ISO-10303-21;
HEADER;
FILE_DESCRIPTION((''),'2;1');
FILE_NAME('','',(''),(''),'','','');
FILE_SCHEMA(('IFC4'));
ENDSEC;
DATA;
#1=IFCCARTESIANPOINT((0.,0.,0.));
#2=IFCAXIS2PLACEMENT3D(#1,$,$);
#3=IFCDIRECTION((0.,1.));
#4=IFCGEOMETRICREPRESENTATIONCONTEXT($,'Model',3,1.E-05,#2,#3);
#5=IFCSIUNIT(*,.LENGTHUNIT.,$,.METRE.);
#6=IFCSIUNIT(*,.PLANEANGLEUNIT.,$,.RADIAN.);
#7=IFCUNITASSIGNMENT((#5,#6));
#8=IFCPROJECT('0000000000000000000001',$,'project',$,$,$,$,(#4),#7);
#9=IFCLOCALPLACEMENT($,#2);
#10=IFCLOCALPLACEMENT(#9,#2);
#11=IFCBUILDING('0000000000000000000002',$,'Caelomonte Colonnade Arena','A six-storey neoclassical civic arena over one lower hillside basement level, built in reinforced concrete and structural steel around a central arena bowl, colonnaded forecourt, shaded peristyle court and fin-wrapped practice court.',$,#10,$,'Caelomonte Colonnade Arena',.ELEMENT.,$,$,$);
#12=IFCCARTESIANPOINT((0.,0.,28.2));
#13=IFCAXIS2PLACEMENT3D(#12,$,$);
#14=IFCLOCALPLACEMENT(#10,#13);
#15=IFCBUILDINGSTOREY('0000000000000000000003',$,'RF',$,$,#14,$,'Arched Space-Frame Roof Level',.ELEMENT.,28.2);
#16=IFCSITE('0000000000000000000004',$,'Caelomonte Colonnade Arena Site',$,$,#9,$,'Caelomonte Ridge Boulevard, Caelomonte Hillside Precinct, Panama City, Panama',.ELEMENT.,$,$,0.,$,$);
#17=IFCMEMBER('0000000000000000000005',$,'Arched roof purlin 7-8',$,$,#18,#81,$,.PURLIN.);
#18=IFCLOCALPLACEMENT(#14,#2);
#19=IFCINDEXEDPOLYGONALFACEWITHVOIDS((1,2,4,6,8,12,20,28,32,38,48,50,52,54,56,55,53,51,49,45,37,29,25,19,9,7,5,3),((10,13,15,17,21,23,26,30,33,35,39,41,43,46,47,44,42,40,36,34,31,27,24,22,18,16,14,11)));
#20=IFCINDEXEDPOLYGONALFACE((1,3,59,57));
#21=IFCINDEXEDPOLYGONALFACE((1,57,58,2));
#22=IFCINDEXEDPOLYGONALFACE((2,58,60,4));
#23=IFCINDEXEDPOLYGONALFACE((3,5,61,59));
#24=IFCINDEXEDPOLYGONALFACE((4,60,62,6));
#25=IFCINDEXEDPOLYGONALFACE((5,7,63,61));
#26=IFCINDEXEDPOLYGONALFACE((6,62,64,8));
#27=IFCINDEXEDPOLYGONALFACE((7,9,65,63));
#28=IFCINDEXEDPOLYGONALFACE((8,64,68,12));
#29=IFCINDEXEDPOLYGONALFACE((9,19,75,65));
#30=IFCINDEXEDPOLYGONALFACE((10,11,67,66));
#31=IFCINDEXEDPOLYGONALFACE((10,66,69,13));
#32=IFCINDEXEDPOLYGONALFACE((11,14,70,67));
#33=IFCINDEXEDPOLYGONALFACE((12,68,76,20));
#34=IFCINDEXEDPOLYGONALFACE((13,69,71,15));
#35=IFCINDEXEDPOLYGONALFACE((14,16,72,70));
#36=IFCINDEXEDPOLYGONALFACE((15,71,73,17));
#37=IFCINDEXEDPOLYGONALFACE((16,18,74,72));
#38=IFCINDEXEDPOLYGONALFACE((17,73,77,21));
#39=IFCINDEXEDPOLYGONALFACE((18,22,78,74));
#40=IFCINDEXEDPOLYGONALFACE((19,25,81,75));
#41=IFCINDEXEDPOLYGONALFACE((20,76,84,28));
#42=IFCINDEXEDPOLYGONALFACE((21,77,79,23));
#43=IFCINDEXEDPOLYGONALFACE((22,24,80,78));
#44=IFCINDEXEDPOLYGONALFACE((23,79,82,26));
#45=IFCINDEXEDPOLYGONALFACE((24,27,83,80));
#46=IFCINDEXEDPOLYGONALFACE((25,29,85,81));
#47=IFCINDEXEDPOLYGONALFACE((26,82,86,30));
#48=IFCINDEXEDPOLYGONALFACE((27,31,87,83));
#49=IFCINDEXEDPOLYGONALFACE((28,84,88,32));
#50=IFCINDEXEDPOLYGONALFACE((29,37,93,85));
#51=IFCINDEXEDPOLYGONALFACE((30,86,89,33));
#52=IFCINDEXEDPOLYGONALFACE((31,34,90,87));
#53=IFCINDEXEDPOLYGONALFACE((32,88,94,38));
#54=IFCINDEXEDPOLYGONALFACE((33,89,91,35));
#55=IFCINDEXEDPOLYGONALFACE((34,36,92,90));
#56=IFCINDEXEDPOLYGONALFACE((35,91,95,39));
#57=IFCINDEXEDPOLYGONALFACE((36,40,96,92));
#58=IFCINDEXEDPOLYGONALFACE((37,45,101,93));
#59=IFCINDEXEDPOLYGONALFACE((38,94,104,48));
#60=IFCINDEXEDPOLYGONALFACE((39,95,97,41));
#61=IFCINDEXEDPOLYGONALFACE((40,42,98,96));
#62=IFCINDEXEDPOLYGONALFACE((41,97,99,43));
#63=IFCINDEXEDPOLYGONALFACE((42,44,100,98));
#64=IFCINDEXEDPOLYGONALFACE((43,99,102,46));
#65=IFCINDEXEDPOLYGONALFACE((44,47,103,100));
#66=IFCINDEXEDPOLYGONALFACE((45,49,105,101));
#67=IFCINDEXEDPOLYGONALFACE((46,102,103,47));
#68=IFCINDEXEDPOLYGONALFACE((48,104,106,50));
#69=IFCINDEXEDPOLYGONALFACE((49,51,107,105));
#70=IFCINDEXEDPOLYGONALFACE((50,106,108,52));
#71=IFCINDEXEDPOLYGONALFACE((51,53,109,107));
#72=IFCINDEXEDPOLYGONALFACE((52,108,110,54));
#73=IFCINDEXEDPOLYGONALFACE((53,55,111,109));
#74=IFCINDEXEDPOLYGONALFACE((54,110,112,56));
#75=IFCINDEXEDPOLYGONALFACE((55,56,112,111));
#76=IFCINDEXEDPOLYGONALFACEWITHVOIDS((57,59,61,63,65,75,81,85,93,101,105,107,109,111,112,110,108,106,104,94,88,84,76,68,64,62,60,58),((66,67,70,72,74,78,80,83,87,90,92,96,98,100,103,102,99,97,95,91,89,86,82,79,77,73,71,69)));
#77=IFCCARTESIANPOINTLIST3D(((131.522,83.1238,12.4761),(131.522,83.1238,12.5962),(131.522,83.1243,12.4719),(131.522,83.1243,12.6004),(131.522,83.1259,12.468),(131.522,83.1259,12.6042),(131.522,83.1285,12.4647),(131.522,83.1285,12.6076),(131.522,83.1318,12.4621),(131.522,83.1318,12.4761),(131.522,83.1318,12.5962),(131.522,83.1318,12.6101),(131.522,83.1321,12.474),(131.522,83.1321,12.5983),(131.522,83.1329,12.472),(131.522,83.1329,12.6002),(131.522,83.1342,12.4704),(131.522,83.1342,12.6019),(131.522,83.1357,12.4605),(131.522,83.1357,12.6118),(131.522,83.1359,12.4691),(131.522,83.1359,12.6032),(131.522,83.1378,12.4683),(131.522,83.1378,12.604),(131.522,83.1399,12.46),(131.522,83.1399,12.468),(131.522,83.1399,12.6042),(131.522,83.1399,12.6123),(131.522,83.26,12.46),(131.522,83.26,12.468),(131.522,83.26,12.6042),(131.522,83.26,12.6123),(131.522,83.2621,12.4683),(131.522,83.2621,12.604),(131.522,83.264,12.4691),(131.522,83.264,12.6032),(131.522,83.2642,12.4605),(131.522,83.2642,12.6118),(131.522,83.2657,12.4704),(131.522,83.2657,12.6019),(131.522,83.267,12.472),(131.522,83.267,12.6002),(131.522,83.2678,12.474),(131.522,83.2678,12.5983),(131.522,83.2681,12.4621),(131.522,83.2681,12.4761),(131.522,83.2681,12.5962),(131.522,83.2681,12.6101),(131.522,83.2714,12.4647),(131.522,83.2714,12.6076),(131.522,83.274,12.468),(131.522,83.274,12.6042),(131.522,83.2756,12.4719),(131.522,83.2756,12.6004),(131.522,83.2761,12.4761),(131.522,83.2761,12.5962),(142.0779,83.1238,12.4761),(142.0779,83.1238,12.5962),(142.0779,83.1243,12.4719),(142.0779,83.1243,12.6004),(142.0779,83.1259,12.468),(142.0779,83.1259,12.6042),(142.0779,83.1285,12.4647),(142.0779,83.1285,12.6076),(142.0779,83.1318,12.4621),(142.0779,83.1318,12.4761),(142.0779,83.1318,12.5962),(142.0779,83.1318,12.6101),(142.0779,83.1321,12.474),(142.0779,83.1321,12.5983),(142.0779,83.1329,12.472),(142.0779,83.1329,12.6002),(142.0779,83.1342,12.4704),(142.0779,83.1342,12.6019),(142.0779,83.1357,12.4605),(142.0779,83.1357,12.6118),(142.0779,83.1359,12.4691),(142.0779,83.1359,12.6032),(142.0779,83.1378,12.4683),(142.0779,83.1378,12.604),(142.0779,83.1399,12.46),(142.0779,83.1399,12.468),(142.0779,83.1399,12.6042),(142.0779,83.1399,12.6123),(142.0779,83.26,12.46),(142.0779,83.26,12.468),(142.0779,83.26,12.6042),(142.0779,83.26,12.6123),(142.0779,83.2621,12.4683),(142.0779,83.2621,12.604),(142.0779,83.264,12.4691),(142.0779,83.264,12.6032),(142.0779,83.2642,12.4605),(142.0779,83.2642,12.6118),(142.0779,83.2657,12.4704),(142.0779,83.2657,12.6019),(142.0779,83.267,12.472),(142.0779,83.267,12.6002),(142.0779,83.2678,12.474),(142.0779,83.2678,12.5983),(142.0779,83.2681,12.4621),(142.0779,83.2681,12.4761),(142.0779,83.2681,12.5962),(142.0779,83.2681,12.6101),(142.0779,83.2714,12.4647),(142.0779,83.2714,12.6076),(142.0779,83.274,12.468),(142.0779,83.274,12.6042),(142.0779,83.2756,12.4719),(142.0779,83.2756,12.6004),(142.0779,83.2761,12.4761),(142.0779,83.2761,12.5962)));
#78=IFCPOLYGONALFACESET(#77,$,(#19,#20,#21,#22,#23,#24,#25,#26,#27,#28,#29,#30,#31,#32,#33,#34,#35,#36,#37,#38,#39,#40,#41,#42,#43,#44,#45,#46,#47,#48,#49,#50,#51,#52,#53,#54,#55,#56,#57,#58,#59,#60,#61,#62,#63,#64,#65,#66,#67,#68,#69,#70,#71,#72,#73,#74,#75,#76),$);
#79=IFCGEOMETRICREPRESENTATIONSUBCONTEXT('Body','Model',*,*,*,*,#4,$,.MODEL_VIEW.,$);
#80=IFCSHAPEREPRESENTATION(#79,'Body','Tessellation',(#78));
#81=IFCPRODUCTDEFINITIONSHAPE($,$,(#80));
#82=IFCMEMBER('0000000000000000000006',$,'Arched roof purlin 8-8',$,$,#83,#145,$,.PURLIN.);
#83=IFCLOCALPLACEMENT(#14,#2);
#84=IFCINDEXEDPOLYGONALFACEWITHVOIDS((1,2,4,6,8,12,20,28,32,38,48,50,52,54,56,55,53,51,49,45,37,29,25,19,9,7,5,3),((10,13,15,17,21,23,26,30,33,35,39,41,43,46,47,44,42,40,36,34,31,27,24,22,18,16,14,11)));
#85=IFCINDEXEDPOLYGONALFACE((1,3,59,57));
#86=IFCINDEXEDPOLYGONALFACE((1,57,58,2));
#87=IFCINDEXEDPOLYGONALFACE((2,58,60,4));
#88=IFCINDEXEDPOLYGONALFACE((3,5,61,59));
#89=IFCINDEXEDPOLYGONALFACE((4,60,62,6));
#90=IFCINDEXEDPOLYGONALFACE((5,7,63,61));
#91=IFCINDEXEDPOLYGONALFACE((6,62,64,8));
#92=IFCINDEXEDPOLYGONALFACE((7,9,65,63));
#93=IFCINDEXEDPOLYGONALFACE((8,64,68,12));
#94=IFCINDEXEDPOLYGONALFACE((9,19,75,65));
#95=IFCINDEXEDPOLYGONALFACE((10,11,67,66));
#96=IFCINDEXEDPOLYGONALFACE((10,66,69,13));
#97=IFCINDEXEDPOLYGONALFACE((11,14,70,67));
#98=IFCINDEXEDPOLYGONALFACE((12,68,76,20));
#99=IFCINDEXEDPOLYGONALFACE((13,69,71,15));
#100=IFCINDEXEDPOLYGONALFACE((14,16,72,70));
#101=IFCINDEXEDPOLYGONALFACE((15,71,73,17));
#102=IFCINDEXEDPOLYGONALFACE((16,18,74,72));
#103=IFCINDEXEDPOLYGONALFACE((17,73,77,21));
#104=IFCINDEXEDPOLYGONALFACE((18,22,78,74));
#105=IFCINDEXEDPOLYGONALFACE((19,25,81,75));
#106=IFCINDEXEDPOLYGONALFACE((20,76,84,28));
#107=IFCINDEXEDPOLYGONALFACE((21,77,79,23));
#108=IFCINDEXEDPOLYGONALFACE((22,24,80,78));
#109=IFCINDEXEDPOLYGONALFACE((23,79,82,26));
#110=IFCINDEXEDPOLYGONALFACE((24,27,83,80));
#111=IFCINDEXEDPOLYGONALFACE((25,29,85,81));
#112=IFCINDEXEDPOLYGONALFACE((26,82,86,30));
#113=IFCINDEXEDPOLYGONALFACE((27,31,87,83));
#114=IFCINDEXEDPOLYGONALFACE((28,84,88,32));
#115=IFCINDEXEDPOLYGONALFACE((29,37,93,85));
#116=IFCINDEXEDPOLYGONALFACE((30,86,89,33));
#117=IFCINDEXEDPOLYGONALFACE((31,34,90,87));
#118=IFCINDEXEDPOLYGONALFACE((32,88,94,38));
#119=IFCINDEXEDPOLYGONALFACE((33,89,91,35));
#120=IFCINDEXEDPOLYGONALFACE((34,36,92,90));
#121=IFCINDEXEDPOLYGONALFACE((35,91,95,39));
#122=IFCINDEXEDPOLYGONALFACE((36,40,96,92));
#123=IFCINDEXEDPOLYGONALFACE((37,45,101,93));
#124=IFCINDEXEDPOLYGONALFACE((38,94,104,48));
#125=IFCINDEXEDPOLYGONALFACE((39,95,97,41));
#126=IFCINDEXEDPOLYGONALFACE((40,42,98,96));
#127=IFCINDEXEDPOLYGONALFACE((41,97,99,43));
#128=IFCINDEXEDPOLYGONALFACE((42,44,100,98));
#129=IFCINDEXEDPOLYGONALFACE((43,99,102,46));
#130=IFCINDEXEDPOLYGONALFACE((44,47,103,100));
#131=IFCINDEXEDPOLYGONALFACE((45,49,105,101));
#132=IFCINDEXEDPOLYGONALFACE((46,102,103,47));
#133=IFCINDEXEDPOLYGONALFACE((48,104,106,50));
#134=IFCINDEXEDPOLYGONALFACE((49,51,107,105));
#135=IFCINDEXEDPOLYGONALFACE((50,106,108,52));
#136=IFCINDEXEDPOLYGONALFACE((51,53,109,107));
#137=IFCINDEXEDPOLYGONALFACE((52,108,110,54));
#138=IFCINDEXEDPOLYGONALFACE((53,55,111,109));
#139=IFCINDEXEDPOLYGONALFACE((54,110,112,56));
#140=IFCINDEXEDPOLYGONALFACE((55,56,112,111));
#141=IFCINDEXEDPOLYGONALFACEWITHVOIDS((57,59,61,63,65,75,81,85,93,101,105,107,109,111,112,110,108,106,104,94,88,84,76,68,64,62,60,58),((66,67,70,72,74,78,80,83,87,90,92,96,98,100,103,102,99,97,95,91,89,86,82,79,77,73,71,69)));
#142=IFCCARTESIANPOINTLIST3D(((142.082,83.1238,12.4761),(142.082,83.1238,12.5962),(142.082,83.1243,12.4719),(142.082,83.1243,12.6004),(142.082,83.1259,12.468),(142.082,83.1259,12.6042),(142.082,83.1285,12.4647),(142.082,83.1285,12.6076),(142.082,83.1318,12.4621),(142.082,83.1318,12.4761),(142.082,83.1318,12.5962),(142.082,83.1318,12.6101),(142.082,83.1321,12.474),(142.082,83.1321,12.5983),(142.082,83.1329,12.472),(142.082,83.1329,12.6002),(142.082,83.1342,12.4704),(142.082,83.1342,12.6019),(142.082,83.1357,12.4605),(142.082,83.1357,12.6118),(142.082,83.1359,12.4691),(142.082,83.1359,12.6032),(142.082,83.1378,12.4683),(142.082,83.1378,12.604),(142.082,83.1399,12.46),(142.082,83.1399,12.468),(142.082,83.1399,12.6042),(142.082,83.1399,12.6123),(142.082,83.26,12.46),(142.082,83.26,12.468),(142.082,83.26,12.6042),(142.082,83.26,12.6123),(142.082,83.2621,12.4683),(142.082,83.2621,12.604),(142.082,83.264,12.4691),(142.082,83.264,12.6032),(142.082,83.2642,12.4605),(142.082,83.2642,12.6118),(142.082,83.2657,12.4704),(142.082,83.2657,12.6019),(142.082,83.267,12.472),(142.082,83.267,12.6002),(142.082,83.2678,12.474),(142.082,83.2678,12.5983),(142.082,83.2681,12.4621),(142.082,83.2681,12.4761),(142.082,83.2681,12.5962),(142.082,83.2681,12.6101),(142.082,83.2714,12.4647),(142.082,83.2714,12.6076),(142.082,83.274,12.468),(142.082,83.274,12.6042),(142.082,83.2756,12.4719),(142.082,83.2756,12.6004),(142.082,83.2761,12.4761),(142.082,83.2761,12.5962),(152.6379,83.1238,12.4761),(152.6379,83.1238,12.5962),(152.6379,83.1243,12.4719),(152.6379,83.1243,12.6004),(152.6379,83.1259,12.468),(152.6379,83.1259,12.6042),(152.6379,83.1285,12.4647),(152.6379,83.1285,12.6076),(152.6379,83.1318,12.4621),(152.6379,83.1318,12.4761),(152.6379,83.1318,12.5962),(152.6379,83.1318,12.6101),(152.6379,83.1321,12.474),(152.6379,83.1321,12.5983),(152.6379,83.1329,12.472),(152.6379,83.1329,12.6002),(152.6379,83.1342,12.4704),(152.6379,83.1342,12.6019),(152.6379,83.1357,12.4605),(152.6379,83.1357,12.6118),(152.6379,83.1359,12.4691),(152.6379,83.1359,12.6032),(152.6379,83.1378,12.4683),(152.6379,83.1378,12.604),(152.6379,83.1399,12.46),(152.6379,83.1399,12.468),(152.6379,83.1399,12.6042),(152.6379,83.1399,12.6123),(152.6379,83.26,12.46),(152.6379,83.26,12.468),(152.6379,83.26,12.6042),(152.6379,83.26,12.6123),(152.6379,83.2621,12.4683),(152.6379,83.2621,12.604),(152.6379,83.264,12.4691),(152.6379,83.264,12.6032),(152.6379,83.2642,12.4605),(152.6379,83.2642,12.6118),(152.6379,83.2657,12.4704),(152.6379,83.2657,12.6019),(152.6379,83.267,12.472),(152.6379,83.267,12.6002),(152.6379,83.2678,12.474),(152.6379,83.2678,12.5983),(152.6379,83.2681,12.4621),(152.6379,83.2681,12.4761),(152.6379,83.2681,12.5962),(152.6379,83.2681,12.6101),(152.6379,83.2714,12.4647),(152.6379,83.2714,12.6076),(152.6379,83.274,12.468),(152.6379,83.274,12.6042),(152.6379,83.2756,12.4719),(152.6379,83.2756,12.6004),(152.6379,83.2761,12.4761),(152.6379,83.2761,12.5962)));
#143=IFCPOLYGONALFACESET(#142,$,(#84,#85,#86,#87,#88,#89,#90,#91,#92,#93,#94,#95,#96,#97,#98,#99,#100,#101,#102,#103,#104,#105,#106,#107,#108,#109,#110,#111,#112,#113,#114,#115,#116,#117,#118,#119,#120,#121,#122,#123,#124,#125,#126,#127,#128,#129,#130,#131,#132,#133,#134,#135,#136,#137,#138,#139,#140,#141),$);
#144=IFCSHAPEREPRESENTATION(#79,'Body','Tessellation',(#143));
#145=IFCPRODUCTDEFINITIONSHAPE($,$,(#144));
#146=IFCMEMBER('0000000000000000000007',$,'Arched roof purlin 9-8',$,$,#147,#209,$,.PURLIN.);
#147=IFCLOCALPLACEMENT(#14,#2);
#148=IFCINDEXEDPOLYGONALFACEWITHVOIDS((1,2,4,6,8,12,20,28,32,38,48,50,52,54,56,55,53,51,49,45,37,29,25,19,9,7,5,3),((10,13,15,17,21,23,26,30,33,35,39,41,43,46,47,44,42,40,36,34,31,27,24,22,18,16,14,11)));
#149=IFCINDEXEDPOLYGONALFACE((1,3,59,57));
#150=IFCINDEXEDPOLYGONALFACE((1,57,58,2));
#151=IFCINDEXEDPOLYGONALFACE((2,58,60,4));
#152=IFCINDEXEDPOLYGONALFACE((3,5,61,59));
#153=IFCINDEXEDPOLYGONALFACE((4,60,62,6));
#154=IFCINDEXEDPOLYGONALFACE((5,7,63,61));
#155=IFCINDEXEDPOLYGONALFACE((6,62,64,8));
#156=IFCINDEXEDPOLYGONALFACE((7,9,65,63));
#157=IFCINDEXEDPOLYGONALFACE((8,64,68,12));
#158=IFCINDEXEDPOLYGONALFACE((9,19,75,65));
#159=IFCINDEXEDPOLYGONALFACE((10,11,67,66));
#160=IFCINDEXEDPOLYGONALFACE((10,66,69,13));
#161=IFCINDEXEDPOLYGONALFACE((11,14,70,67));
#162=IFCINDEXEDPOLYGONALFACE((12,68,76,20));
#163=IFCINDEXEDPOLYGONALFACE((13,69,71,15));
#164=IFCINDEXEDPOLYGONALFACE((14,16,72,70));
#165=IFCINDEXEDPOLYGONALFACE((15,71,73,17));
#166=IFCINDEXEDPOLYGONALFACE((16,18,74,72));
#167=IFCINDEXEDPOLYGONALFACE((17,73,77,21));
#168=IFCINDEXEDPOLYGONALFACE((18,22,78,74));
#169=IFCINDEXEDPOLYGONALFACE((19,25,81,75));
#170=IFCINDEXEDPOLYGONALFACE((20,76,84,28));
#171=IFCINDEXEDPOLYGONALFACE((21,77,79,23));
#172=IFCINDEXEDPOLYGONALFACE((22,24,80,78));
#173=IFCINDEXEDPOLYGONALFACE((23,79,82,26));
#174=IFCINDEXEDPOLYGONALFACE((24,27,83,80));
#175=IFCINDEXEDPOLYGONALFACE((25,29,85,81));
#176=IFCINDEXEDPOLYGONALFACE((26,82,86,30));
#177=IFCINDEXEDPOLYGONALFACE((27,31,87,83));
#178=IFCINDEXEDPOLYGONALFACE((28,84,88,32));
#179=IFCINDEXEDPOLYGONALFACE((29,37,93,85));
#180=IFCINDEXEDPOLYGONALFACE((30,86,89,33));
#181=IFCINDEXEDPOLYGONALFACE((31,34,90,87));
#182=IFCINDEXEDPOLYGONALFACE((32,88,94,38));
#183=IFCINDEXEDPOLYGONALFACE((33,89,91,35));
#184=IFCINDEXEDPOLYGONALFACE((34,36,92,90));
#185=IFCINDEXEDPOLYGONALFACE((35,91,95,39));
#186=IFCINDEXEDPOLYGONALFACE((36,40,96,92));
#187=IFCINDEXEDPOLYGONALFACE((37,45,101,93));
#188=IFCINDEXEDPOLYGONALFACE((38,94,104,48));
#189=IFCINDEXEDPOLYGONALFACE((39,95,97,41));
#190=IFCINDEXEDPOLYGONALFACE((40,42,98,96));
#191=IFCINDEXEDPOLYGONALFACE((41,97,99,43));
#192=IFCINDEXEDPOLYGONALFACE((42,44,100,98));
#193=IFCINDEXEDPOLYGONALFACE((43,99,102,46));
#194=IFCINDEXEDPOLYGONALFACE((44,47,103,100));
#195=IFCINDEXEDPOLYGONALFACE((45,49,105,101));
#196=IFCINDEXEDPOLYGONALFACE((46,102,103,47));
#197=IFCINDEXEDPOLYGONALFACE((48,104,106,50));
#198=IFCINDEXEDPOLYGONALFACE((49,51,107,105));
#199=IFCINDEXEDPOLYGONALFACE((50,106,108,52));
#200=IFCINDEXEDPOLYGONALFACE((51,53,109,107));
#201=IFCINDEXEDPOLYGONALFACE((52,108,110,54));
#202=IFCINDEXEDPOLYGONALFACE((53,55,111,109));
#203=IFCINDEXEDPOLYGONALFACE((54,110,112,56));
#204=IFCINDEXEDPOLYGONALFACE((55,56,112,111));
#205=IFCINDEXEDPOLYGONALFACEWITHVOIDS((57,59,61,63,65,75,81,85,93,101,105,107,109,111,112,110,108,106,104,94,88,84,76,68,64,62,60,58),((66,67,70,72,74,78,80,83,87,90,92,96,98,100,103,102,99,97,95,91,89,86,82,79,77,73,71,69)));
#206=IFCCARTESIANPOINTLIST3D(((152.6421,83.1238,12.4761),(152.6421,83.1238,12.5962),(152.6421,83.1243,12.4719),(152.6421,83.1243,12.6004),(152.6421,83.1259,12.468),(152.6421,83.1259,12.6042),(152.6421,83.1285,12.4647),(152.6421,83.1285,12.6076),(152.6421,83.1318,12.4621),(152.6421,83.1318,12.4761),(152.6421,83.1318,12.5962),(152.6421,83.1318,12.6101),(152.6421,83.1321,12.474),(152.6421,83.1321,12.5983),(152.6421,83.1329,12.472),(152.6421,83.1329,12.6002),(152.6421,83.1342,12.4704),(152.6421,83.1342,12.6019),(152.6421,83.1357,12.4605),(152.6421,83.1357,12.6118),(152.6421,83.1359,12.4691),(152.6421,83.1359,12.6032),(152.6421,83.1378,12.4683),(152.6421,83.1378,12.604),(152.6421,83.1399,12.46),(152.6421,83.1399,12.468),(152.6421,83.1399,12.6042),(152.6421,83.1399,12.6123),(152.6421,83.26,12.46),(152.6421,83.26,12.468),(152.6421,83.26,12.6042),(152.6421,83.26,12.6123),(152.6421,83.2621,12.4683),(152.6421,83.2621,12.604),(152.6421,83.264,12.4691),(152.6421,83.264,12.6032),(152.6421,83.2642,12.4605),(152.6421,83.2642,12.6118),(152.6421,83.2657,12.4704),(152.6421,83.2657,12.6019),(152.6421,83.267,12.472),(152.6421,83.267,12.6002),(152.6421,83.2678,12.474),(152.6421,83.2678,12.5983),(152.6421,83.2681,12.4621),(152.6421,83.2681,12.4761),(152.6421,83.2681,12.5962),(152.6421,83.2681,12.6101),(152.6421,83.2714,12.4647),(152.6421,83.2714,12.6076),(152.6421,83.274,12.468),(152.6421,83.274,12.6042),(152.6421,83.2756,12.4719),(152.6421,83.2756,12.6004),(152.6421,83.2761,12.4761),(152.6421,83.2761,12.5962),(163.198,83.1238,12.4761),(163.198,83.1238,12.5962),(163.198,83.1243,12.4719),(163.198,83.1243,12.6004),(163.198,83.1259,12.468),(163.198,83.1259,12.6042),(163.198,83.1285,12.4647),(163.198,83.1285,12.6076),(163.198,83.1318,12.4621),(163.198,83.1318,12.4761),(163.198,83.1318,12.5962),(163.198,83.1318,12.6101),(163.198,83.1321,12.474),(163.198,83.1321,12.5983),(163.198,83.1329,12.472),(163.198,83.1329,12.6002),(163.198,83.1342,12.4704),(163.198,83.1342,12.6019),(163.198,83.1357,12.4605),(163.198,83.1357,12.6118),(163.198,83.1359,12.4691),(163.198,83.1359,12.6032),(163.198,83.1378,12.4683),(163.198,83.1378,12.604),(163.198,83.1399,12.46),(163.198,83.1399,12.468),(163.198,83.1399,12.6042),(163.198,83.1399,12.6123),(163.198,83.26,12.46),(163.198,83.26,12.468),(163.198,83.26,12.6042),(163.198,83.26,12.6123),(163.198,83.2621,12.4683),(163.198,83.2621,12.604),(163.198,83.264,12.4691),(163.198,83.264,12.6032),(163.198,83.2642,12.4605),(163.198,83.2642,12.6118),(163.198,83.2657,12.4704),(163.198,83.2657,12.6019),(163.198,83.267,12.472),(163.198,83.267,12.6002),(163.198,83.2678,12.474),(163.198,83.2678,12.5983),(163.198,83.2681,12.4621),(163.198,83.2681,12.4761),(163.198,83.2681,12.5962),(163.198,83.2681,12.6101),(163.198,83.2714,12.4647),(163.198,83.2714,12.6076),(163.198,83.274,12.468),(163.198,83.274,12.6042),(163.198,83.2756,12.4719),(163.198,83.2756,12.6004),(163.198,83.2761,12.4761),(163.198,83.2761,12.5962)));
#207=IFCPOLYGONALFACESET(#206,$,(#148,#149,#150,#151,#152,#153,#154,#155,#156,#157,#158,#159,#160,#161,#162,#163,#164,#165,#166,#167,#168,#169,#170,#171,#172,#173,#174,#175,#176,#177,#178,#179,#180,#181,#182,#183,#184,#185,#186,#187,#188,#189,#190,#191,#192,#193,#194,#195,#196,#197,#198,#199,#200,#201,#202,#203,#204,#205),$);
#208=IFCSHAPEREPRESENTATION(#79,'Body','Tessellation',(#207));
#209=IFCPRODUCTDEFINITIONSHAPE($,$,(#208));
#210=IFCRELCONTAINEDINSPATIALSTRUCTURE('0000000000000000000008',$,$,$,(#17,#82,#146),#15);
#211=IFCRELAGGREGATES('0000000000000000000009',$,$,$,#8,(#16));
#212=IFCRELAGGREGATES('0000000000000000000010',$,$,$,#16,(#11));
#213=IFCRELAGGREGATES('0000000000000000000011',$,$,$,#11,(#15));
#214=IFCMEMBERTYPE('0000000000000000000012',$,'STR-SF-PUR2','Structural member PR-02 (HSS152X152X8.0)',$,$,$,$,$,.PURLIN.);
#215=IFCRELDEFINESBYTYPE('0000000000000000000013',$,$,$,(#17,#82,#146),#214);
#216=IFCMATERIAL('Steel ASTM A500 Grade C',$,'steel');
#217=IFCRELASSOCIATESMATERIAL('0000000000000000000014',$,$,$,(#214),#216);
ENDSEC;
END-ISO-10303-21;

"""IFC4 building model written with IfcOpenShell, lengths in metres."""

from ifc_helpers import new_model, si_unit, direction, frame, origin, origin_2d, place, context, subcontext, project, spatial, hollow_rectangle, extrude, material, material_profile, profile_set, type_object, element, save


model = new_model("IFC4")

# Units and contexts
model_context = context("Model", 3, precision=1e-05, world=origin(), true_north=direction((0.0, 1.0)))
body_context = subcontext(model_context, "Body", "Model", "MODEL_VIEW")
ifc_project = project(units=[si_unit("LENGTHUNIT", "METRE"), si_unit("PLANEANGLEUNIT", "RADIAN")], contexts=[model_context])

# Site, building, storey
site_placement = place(None, origin())
site = spatial("IfcSite", under=ifc_project, at=site_placement, Name="Caelomonte Colonnade Arena Site", LongName="Caelomonte Ridge Boulevard, Caelomonte Hillside Precinct, Panama City, Panama", CompositionType="ELEMENT", RefElevation=0.0)
building_placement = place(site_placement, origin())
building = spatial("IfcBuilding", under=site, at=building_placement, Name="Caelomonte Colonnade Arena", Description="A six-storey neoclassical civic arena over one lower hillside basement level, built in reinforced concrete and structural steel around a central arena bowl, colonnaded forecourt, shaded peristyle court and fin-wrapped practice court.", LongName="Caelomonte Colonnade Arena", CompositionType="ELEMENT")
storey_placement = place(building_placement, frame((0.0, 0.0, 28.2)))
storey = spatial("IfcBuildingStorey", under=building, at=storey_placement, Name="RF", LongName="Arched Space-Frame Roof Level", CompositionType="ELEMENT", Elevation=28.2)

# Members
ifc_material_1 = material(Name="Steel ASTM A500 Grade C", Category="steel")
ifc_material_profile_1 = material_profile(ifc_material_1, hollow_rectangle(XDim=0.1523, YDim=0.1523, WallThickness=0.0081, InnerFilletRadius=0.0081, OuterFilletRadius=0.0161, at=origin_2d()), Name="HSS152X152X8.0")
ifc_profile_set_1 = profile_set([ifc_material_profile_1], Name="Steel ASTM A500 Grade C")
member_type_1 = type_object("IfcMemberType", Name="STR-SF-PUR2", Description="Structural member PR-02 (HSS152X152X8.0)", PredefinedType="PURLIN", material=ifc_profile_set_1)
for number, where, z_axis, x_axis, name in (
    (1, (131.522, 83.2, 12.5361), (1.0, 0.0, 0.0), (0.0, 1.0, 0.0), "Arched roof purlin 7-8"),
    (2, (142.082, 83.2, 12.5361), (1.0, 0.0, 0.0), (0.0, 1.0, 0.0), "Arched roof purlin 8-8"),
    (3, (152.6421, 83.2, 12.5361), (1.0, 0.0, 0.0), (0.0, 1.0, 0.0), "Arched roof purlin 9-8"),
):
    element("IfcMember", number, at=place(storey_placement, frame(where, z_axis=z_axis, x_axis=x_axis)), inside=storey, type_object=member_type_1, Name=name, PredefinedType="PURLIN", context=body_context, shape_type="SweptSolid", body=[
        extrude(hollow_rectangle(XDim=0.1523, YDim=0.1523, WallThickness=0.0081, InnerFilletRadius=0.0081, OuterFilletRadius=0.0161, at=origin_2d()), origin(), (0.0, 0.0, 1.0), 10.5559),
    ])

save(model, "model.ifc")
